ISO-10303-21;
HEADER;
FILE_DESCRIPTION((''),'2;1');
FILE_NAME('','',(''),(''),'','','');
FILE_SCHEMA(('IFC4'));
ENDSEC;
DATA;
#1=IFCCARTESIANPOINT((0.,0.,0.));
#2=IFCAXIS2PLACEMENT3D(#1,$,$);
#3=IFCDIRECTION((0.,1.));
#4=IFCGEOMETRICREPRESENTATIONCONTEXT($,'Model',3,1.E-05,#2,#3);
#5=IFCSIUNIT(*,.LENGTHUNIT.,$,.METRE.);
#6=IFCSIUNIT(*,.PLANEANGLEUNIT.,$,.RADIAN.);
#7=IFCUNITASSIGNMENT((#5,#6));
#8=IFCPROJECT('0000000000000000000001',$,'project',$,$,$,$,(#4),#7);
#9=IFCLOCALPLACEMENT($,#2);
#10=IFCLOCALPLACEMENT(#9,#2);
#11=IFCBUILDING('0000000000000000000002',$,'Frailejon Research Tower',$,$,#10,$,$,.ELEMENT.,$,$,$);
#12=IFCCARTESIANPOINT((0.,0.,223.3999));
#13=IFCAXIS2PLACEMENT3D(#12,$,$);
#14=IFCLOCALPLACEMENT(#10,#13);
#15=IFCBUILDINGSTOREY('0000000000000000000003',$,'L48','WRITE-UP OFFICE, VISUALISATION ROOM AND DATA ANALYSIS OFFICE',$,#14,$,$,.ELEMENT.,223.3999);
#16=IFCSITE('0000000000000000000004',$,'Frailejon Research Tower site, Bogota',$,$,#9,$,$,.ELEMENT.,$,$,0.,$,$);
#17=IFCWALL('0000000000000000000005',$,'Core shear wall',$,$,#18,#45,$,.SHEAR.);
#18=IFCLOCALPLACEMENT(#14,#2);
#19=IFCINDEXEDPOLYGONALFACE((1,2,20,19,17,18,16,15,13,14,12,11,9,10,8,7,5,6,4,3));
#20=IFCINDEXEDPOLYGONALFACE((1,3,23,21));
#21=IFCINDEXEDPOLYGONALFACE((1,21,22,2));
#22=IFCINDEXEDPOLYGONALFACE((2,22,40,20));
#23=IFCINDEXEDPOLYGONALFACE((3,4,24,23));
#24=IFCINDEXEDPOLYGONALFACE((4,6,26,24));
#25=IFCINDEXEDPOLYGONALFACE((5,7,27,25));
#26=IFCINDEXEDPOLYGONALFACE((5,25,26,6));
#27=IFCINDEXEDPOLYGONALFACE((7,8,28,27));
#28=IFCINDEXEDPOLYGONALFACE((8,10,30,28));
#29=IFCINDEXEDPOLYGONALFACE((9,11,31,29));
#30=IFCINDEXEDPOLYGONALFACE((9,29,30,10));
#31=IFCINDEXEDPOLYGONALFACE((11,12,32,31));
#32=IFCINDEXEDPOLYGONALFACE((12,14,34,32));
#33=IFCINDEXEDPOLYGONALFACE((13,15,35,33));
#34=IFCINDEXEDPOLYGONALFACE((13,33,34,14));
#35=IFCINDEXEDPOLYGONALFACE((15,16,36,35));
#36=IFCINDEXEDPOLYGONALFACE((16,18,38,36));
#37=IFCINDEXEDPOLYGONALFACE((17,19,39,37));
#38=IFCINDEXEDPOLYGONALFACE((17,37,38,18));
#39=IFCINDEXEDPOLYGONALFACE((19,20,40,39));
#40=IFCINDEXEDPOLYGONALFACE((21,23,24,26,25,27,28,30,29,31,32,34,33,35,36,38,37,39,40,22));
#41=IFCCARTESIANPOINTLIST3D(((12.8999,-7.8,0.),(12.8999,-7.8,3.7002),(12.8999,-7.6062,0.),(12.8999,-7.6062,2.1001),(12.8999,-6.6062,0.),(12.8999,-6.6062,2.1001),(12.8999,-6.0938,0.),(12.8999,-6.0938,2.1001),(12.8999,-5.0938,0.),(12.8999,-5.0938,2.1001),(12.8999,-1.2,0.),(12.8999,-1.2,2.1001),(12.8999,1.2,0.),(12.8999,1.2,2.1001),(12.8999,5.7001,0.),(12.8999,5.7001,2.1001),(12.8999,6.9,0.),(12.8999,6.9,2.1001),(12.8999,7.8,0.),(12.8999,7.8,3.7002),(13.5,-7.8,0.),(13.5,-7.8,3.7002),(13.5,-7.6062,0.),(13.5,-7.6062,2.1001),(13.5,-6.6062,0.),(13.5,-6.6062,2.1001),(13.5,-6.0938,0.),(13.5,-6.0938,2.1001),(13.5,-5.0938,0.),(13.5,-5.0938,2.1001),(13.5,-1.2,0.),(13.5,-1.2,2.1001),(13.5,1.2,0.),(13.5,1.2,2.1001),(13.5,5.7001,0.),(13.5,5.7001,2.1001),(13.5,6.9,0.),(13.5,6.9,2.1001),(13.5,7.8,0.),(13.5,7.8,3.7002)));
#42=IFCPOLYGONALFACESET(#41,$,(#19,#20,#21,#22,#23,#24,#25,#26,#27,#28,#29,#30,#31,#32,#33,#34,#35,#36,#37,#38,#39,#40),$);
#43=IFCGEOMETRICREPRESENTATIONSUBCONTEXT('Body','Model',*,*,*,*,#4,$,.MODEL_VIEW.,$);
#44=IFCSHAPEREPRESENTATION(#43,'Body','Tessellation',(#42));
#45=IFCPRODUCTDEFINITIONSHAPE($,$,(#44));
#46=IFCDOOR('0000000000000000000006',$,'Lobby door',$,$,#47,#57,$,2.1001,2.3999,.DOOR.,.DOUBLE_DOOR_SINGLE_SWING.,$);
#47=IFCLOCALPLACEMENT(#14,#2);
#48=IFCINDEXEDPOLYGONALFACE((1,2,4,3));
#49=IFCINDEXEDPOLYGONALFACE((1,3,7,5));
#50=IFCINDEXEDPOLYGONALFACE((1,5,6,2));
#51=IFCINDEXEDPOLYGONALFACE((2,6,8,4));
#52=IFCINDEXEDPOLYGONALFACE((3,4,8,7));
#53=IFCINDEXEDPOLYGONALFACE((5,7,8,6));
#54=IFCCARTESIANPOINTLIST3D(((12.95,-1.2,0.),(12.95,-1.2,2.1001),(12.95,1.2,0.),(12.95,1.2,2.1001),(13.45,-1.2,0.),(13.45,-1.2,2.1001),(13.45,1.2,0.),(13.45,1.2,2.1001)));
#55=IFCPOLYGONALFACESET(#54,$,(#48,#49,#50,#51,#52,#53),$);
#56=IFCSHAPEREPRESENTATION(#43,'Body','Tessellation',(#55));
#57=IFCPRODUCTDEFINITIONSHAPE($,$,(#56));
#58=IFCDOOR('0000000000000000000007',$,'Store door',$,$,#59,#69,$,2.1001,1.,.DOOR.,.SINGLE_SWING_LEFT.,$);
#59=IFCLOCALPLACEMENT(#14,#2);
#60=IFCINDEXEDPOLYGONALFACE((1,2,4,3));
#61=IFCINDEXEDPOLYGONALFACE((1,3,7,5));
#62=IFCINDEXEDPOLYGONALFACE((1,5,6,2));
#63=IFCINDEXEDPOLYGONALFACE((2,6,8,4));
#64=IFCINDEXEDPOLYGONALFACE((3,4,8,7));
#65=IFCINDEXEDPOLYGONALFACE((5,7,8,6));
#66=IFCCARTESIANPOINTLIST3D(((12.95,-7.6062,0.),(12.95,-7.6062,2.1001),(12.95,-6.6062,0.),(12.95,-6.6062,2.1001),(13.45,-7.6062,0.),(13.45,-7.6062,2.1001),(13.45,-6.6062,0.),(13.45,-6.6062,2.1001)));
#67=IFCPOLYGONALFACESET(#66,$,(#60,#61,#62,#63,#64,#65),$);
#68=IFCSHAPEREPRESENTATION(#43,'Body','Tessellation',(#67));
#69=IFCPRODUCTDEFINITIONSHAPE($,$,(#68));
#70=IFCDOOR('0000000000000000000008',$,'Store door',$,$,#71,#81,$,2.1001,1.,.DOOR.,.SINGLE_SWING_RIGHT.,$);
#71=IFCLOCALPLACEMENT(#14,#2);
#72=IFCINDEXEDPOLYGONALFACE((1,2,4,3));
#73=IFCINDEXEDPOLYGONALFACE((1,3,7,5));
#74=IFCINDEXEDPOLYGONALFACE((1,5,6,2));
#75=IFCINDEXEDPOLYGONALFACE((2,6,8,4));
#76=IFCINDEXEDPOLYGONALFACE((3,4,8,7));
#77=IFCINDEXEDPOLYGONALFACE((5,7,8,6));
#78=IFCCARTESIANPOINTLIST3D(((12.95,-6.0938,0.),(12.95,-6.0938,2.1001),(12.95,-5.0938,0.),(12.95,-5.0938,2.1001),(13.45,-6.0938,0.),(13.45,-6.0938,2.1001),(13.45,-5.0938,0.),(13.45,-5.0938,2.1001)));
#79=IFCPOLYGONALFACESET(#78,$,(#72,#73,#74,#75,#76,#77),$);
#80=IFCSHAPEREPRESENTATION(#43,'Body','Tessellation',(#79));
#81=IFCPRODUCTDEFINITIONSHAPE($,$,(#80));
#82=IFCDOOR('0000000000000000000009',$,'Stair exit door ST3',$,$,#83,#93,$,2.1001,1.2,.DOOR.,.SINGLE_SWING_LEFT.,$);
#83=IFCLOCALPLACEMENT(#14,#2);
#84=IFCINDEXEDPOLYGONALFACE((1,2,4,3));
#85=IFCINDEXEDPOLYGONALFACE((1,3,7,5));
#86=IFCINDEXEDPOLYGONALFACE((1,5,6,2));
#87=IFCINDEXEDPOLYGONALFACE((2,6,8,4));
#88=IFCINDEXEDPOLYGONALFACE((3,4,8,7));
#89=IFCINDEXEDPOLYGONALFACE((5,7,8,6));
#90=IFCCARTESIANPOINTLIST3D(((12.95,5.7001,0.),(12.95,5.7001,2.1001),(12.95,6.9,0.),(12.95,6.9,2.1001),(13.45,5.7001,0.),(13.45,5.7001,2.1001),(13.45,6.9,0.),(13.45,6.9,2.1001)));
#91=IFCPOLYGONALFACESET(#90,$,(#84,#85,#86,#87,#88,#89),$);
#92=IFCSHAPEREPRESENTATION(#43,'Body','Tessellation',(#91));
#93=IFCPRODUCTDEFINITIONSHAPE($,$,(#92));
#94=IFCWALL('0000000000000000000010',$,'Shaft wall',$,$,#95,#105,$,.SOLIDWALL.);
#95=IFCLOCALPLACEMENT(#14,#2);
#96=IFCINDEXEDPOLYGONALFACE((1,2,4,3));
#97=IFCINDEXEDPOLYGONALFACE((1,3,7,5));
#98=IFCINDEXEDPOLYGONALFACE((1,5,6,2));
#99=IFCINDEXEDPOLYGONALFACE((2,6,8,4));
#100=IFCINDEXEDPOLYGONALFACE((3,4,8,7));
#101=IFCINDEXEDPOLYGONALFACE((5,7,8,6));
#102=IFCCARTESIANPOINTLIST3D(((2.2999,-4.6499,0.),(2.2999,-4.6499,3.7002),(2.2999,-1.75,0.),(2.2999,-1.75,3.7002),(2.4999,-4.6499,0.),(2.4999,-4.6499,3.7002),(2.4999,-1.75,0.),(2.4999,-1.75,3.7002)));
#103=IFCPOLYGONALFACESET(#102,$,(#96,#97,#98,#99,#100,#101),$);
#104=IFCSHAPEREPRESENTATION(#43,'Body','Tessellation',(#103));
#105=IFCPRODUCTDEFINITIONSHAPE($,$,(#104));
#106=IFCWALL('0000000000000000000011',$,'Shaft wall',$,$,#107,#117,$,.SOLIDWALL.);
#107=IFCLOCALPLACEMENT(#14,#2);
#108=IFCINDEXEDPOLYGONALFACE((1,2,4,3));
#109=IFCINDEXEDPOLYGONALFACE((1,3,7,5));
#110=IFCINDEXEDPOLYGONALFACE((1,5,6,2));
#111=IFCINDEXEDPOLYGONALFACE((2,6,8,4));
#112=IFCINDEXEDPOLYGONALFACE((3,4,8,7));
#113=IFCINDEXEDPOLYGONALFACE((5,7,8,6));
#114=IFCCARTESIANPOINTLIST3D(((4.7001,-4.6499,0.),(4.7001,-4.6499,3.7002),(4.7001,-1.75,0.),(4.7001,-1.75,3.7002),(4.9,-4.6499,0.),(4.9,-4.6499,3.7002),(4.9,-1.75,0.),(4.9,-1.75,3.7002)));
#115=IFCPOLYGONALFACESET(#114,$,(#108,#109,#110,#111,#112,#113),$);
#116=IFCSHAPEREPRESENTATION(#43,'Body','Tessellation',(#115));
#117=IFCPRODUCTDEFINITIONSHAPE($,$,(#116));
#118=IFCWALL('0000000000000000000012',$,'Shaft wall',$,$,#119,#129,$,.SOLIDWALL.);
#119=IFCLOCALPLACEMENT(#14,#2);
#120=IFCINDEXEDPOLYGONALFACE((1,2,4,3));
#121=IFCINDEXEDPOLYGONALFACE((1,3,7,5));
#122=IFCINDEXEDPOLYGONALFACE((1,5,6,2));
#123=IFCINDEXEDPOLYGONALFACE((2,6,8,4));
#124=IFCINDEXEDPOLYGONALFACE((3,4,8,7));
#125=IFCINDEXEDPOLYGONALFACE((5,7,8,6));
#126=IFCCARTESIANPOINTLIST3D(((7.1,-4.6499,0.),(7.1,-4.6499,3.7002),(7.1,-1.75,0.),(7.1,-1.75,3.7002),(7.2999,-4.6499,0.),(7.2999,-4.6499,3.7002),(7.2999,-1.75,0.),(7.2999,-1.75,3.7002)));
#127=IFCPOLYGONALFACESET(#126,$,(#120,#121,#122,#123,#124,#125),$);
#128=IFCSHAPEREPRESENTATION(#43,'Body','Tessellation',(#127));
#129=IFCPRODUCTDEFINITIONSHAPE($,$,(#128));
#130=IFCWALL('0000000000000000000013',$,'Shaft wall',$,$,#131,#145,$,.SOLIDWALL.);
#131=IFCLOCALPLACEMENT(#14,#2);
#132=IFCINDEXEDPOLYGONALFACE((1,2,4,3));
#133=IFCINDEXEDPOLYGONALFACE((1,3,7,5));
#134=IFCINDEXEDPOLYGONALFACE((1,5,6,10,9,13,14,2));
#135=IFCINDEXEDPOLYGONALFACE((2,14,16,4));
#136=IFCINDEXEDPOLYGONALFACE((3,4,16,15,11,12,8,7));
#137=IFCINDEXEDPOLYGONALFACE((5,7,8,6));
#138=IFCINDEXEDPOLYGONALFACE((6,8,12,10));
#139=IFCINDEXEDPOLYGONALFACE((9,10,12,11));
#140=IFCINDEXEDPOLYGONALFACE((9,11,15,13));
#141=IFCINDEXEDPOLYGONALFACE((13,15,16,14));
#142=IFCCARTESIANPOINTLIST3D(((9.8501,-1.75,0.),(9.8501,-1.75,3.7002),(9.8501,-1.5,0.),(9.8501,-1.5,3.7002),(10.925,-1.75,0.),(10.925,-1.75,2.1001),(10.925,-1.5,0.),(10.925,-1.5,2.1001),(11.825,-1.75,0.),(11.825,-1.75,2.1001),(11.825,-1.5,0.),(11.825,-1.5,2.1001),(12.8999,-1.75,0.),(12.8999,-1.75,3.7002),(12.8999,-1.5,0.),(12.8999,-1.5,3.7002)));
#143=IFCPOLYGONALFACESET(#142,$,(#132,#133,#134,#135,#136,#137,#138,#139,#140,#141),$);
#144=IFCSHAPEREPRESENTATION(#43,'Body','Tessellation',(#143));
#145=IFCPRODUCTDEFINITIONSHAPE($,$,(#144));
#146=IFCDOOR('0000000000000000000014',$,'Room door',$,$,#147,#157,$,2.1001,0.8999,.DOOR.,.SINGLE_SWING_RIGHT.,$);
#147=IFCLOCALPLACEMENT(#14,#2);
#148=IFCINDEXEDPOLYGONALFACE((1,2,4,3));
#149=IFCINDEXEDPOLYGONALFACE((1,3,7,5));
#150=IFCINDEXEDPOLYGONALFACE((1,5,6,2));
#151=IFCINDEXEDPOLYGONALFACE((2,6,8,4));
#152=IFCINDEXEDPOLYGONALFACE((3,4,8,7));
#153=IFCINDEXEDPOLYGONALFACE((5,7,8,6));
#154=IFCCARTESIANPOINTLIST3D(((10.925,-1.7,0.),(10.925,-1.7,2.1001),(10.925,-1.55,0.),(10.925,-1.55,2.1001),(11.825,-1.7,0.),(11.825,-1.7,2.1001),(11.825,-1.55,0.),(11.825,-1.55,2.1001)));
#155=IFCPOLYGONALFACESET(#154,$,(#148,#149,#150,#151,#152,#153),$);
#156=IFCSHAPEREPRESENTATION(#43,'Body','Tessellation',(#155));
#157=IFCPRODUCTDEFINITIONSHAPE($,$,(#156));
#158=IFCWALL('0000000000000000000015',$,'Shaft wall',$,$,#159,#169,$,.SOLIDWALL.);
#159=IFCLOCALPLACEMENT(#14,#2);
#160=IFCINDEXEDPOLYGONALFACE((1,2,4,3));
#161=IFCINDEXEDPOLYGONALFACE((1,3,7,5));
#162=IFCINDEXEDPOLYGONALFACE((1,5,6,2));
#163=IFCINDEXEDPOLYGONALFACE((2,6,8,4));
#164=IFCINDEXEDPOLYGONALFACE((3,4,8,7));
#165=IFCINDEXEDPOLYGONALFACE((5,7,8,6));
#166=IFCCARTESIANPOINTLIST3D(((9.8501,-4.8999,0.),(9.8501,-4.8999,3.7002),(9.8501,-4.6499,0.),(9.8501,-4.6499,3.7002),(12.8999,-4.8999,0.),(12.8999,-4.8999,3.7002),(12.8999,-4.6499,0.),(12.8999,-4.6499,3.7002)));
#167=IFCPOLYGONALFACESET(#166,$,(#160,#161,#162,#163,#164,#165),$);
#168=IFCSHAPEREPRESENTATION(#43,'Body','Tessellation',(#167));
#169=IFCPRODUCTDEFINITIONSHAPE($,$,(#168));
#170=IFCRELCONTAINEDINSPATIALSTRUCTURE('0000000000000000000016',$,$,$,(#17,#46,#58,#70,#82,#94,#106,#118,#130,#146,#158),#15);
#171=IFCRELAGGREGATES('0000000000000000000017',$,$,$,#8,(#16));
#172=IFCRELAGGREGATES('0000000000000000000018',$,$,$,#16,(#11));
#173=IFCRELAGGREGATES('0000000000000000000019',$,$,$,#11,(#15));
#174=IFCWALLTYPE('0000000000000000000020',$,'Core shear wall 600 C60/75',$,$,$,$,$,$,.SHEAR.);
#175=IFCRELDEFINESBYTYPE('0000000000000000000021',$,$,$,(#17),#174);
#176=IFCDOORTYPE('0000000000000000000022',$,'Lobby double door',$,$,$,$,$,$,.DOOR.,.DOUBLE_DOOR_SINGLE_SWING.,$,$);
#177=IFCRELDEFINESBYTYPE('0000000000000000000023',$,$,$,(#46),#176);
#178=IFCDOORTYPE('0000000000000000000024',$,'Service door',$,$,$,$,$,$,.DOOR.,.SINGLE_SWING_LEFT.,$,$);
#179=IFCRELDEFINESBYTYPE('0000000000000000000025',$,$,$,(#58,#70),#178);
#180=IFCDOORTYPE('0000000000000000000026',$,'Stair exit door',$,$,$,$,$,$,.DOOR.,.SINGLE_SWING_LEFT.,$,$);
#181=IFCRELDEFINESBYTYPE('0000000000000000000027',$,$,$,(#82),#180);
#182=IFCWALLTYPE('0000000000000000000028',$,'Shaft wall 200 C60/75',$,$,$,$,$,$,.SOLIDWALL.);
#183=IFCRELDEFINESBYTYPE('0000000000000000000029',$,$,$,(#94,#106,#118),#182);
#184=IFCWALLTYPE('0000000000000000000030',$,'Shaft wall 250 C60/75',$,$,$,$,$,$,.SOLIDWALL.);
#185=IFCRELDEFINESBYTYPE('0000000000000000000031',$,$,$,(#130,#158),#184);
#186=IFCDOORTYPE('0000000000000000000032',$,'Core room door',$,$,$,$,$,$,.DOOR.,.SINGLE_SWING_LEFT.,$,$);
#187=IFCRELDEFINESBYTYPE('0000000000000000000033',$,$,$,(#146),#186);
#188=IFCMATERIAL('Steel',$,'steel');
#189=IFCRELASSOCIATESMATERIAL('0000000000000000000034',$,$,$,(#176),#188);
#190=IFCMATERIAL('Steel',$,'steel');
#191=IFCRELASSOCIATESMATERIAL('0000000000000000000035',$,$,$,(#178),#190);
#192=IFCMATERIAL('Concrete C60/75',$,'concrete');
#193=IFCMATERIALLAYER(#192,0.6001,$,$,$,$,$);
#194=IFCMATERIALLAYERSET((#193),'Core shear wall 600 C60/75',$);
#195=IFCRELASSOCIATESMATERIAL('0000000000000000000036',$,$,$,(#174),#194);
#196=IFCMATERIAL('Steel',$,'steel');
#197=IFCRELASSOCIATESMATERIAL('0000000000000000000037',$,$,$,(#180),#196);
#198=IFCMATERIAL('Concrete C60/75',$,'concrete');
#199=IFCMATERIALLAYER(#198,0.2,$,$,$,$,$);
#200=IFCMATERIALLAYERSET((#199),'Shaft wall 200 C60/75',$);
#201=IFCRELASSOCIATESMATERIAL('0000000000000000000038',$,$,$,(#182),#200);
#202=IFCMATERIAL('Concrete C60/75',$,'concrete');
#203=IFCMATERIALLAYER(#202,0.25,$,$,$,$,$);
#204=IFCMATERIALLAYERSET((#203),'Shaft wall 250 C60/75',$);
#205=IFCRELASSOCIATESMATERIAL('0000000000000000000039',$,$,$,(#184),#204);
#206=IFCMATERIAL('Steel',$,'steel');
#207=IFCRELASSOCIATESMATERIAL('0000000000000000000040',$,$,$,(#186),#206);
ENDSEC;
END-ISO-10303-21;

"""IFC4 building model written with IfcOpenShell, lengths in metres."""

from ifc_helpers import new_model, si_unit, direction, frame, frame_2d, origin, place, context, subcontext, project, spatial, rectangle, extrude, material, layer, layer_set, type_object, element, fill, save


model = new_model("IFC4")

# Units and contexts
model_context = context("Model", 3, precision=1e-05, world=origin(), true_north=direction((0.0, 1.0)))
body_context = subcontext(model_context, "Body", "Model", "MODEL_VIEW")
ifc_project = project(units=[si_unit("LENGTHUNIT", "METRE"), si_unit("PLANEANGLEUNIT", "RADIAN")], contexts=[model_context])

# Site, building, storey
site_placement = place(None, origin())
site = spatial("IfcSite", under=ifc_project, at=site_placement, Name="Frailejon Research Tower site, Bogota", CompositionType="ELEMENT", RefElevation=0.0)
building_placement = place(site_placement, origin())
building = spatial("IfcBuilding", under=site, at=building_placement, Name="Frailejon Research Tower", CompositionType="ELEMENT")
storey_placement = place(building_placement, frame((0.0, 0.0, 223.3999)))
storey = spatial("IfcBuildingStorey", under=building, at=storey_placement, Name="L48", Description="WRITE-UP OFFICE, VISUALISATION ROOM AND DATA ANALYSIS OFFICE", CompositionType="ELEMENT", Elevation=223.3999)

# Wall, openings, doors
ifc_material_1 = material(Name="Steel", Category="steel")
door_type_1 = type_object("IfcDoorType", Name="Lobby double door", OperationType="DOUBLE_DOOR_SINGLE_SWING", PredefinedType="DOOR", material=ifc_material_1)
ifc_material_2 = material(Name="Steel", Category="steel")
door_type_2 = type_object("IfcDoorType", Name="Service door", OperationType="SINGLE_SWING_LEFT", PredefinedType="DOOR", material=ifc_material_2)
ifc_material_3 = material(Name="Concrete C60/75", Category="concrete")
ifc_layer_1 = layer(ifc_material_3, 0.6001)
ifc_layer_set_1 = layer_set([ifc_layer_1], Name="Core shear wall 600 C60/75")
wall_type_1 = type_object("IfcWallType", Name="Core shear wall 600 C60/75", PredefinedType="SHEAR", material=ifc_layer_set_1)
wall_1_placement = place(storey_placement, frame((13.2, -7.8, 0.0), z_axis=(0.0, 0.0, 1.0), x_axis=(0.0, 1.0, 0.0)))
wall_1 = element("IfcWall", 1, at=wall_1_placement, inside=storey, type_object=wall_type_1, Name="Core shear wall", PredefinedType="SHEAR", context=body_context, shape_type="SweptSolid", body=[
    extrude(rectangle(XDim=15.6001, YDim=0.6001, at=frame_2d((7.8, 0.0))), origin(), (0.0, 0.0, 1.0), 3.7002),
])
opening_1_placement = place(wall_1_placement, frame((6.6001, 0.0, 0.0)))
opening_1 = element("IfcOpeningElement", 2, at=opening_1_placement, cuts=wall_1, PredefinedType="OPENING", context=body_context, shape_type="SweptSolid", body=[
    extrude(rectangle(XDim=2.3999, YDim=2.1001, at=frame_2d((1.2, 1.05))), frame((0.0, 0.3101, 0.0), z_axis=(0.0, -1.0, 0.0), x_axis=(1.0, 0.0, 0.0)), (0.0, 0.0, 1.0), 0.6201),
])
opening_2_placement = place(wall_1_placement, frame((13.5, 0.0, 0.0)))
opening_2 = element("IfcOpeningElement", 3, at=opening_2_placement, cuts=wall_1, PredefinedType="OPENING", context=body_context, shape_type="SweptSolid", body=[
    extrude(rectangle(XDim=1.2, YDim=2.1001, at=frame_2d((0.6001, 1.05))), frame((0.0, 0.3101, 0.0), z_axis=(0.0, -1.0, 0.0), x_axis=(1.0, 0.0, 0.0)), (0.0, 0.0, 1.0), 0.6201),
])
opening_3_placement = place(wall_1_placement, frame((0.1938, 0.0, 0.0)))
opening_3 = element("IfcOpeningElement", 4, at=opening_3_placement, cuts=wall_1, PredefinedType="OPENING", context=body_context, shape_type="SweptSolid", body=[
    extrude(rectangle(XDim=1.0, YDim=2.1001, at=frame_2d((0.5, 1.05))), frame((0.0, 0.3101, 0.0), z_axis=(0.0, -1.0, 0.0), x_axis=(1.0, 0.0, 0.0)), (0.0, 0.0, 1.0), 0.6201),
])
opening_4_placement = place(wall_1_placement, frame((1.7063, 0.0, 0.0)))
opening_4 = element("IfcOpeningElement", 5, at=opening_4_placement, cuts=wall_1, PredefinedType="OPENING", context=body_context, shape_type="SweptSolid", body=[
    extrude(rectangle(XDim=1.0, YDim=2.1001, at=frame_2d((0.5, 1.05))), frame((0.0, 0.3101, 0.0), z_axis=(0.0, -1.0, 0.0), x_axis=(1.0, 0.0, 0.0)), (0.0, 0.0, 1.0), 0.6201),
])
door_1_placement = place(opening_1_placement, origin())
door_1 = element("IfcDoor", 6, at=door_1_placement, inside=storey, type_object=door_type_1, Name="Lobby door", OperationType="DOUBLE_DOOR_SINGLE_SWING", OverallHeight=2.1001, OverallWidth=2.3999, PredefinedType="DOOR", context=body_context, shape_type="SweptSolid", body=[
    extrude(rectangle(XDim=2.3999, YDim=2.1001, at=frame_2d((1.2, 1.05))), frame((0.0, 0.25, 0.0), z_axis=(0.0, -1.0, 0.0), x_axis=(1.0, 0.0, 0.0)), (0.0, 0.0, 1.0), 0.5),
])
fill(opening_1, door_1)
door_2_placement = place(opening_3_placement, origin())
door_2 = element("IfcDoor", 7, at=door_2_placement, inside=storey, type_object=door_type_2, Name="Store door", OperationType="SINGLE_SWING_LEFT", OverallHeight=2.1001, OverallWidth=1.0, PredefinedType="DOOR", context=body_context, shape_type="SweptSolid", body=[
    extrude(rectangle(XDim=1.0, YDim=2.1001, at=frame_2d((0.5, 1.05))), frame((0.0, 0.25, 0.0), z_axis=(0.0, -1.0, 0.0), x_axis=(1.0, 0.0, 0.0)), (0.0, 0.0, 1.0), 0.5),
])
fill(opening_3, door_2)
door_3_placement = place(opening_4_placement, origin())
door_3 = element("IfcDoor", 8, at=door_3_placement, inside=storey, type_object=door_type_2, Name="Store door", OperationType="SINGLE_SWING_RIGHT", OverallHeight=2.1001, OverallWidth=1.0, PredefinedType="DOOR", context=body_context, shape_type="SweptSolid", body=[
    extrude(rectangle(XDim=1.0, YDim=2.1001, at=frame_2d((0.5, 1.05))), frame((0.0, 0.25, 0.0), z_axis=(0.0, -1.0, 0.0), x_axis=(1.0, 0.0, 0.0)), (0.0, 0.0, 1.0), 0.5),
])
fill(opening_4, door_3)
ifc_material_4 = material(Name="Steel", Category="steel")
door_type_3 = type_object("IfcDoorType", Name="Stair exit door", OperationType="SINGLE_SWING_LEFT", PredefinedType="DOOR", material=ifc_material_4)
door_4_placement = place(opening_2_placement, origin())
door_4 = element("IfcDoor", 9, at=door_4_placement, inside=storey, type_object=door_type_3, Name="Stair exit door ST3", OperationType="SINGLE_SWING_LEFT", OverallHeight=2.1001, OverallWidth=1.2, PredefinedType="DOOR", context=body_context, shape_type="SweptSolid", body=[
    extrude(rectangle(XDim=1.2, YDim=2.1001, at=frame_2d((0.6001, 1.05))), frame((0.0, 0.25, 0.0), z_axis=(0.0, -1.0, 0.0), x_axis=(1.0, 0.0, 0.0)), (0.0, 0.0, 1.0), 0.5),
])
fill(opening_2, door_4)

# Walls
ifc_material_5 = material(Name="Concrete C60/75", Category="concrete")
ifc_layer_2 = layer(ifc_material_5, 0.2)
ifc_layer_set_2 = layer_set([ifc_layer_2], Name="Shaft wall 200 C60/75")
wall_type_2 = type_object("IfcWallType", Name="Shaft wall 200 C60/75", PredefinedType="SOLIDWALL", material=ifc_layer_set_2)
for number, where, z_axis, x_axis, name in (
    (10, (2.3999, -4.6499, 0.0), (0.0, 0.0, 1.0), (0.0, 1.0, 0.0), "Shaft wall"),
    (11, (4.8, -4.6499, 0.0), (0.0, 0.0, 1.0), (0.0, 1.0, 0.0), "Shaft wall"),
    (12, (7.2, -4.6499, 0.0), (0.0, 0.0, 1.0), (0.0, 1.0, 0.0), "Shaft wall"),
):
    element("IfcWall", number, at=place(storey_placement, frame(where, z_axis=z_axis, x_axis=x_axis)), inside=storey, type_object=wall_type_2, Name=name, PredefinedType="SOLIDWALL", context=body_context, shape_type="SweptSolid", body=[
        extrude(rectangle(XDim=2.8999, YDim=0.2, at=frame_2d((1.45, 0.0))), origin(), (0.0, 0.0, 1.0), 3.7002),
    ])

# Wall, opening, door
ifc_material_6 = material(Name="Concrete C60/75", Category="concrete")
ifc_layer_3 = layer(ifc_material_6, 0.25)
ifc_layer_set_3 = layer_set([ifc_layer_3], Name="Shaft wall 250 C60/75")
wall_type_3 = type_object("IfcWallType", Name="Shaft wall 250 C60/75", PredefinedType="SOLIDWALL", material=ifc_layer_set_3)
wall_2_placement = place(storey_placement, frame((9.8501, -1.625, 0.0), z_axis=(0.0, 0.0, 1.0), x_axis=(1.0, 0.0, 0.0)))
wall_2 = element("IfcWall", 13, at=wall_2_placement, inside=storey, type_object=wall_type_3, Name="Shaft wall", PredefinedType="SOLIDWALL", context=body_context, shape_type="SweptSolid", body=[
    extrude(rectangle(XDim=3.0498, YDim=0.25, at=frame_2d((1.5249, 0.0))), origin(), (0.0, 0.0, 1.0), 3.7002),
])
opening_5_placement = place(wall_2_placement, frame((1.075, 0.0, 0.0)))
opening_5 = element("IfcOpeningElement", 14, at=opening_5_placement, cuts=wall_2, PredefinedType="OPENING", context=body_context, shape_type="SweptSolid", body=[
    extrude(rectangle(XDim=0.8999, YDim=2.1001, at=frame_2d((0.45, 1.05))), frame((0.0, 0.135, 0.0), z_axis=(0.0, -1.0, 0.0), x_axis=(1.0, 0.0, 0.0)), (0.0, 0.0, 1.0), 0.27),
])
ifc_material_7 = material(Name="Steel", Category="steel")
door_type_4 = type_object("IfcDoorType", Name="Core room door", OperationType="SINGLE_SWING_LEFT", PredefinedType="DOOR", material=ifc_material_7)
door_5_placement = place(opening_5_placement, origin())
door_5 = element("IfcDoor", 15, at=door_5_placement, inside=storey, type_object=door_type_4, Name="Room door", OperationType="SINGLE_SWING_RIGHT", OverallHeight=2.1001, OverallWidth=0.8999, PredefinedType="DOOR", context=body_context, shape_type="SweptSolid", body=[
    extrude(rectangle(XDim=0.8999, YDim=2.1001, at=frame_2d((0.45, 1.05))), frame((0.0, 0.075, 0.0), z_axis=(0.0, -1.0, 0.0), x_axis=(1.0, 0.0, 0.0)), (0.0, 0.0, 1.0), 0.1499),
])
fill(opening_5, door_5)

# Wall
wall_3_placement = place(storey_placement, frame((9.8501, -4.7749, 0.0), z_axis=(0.0, 0.0, 1.0), x_axis=(1.0, 0.0, 0.0)))
element("IfcWall", 16, at=wall_3_placement, inside=storey, type_object=wall_type_3, Name="Shaft wall", PredefinedType="SOLIDWALL", context=body_context, shape_type="SweptSolid", body=[
    extrude(rectangle(XDim=3.0498, YDim=0.25, at=frame_2d((1.5249, 0.0))), origin(), (0.0, 0.0, 1.0), 3.7002),
])

save(model, "model.ifc")
